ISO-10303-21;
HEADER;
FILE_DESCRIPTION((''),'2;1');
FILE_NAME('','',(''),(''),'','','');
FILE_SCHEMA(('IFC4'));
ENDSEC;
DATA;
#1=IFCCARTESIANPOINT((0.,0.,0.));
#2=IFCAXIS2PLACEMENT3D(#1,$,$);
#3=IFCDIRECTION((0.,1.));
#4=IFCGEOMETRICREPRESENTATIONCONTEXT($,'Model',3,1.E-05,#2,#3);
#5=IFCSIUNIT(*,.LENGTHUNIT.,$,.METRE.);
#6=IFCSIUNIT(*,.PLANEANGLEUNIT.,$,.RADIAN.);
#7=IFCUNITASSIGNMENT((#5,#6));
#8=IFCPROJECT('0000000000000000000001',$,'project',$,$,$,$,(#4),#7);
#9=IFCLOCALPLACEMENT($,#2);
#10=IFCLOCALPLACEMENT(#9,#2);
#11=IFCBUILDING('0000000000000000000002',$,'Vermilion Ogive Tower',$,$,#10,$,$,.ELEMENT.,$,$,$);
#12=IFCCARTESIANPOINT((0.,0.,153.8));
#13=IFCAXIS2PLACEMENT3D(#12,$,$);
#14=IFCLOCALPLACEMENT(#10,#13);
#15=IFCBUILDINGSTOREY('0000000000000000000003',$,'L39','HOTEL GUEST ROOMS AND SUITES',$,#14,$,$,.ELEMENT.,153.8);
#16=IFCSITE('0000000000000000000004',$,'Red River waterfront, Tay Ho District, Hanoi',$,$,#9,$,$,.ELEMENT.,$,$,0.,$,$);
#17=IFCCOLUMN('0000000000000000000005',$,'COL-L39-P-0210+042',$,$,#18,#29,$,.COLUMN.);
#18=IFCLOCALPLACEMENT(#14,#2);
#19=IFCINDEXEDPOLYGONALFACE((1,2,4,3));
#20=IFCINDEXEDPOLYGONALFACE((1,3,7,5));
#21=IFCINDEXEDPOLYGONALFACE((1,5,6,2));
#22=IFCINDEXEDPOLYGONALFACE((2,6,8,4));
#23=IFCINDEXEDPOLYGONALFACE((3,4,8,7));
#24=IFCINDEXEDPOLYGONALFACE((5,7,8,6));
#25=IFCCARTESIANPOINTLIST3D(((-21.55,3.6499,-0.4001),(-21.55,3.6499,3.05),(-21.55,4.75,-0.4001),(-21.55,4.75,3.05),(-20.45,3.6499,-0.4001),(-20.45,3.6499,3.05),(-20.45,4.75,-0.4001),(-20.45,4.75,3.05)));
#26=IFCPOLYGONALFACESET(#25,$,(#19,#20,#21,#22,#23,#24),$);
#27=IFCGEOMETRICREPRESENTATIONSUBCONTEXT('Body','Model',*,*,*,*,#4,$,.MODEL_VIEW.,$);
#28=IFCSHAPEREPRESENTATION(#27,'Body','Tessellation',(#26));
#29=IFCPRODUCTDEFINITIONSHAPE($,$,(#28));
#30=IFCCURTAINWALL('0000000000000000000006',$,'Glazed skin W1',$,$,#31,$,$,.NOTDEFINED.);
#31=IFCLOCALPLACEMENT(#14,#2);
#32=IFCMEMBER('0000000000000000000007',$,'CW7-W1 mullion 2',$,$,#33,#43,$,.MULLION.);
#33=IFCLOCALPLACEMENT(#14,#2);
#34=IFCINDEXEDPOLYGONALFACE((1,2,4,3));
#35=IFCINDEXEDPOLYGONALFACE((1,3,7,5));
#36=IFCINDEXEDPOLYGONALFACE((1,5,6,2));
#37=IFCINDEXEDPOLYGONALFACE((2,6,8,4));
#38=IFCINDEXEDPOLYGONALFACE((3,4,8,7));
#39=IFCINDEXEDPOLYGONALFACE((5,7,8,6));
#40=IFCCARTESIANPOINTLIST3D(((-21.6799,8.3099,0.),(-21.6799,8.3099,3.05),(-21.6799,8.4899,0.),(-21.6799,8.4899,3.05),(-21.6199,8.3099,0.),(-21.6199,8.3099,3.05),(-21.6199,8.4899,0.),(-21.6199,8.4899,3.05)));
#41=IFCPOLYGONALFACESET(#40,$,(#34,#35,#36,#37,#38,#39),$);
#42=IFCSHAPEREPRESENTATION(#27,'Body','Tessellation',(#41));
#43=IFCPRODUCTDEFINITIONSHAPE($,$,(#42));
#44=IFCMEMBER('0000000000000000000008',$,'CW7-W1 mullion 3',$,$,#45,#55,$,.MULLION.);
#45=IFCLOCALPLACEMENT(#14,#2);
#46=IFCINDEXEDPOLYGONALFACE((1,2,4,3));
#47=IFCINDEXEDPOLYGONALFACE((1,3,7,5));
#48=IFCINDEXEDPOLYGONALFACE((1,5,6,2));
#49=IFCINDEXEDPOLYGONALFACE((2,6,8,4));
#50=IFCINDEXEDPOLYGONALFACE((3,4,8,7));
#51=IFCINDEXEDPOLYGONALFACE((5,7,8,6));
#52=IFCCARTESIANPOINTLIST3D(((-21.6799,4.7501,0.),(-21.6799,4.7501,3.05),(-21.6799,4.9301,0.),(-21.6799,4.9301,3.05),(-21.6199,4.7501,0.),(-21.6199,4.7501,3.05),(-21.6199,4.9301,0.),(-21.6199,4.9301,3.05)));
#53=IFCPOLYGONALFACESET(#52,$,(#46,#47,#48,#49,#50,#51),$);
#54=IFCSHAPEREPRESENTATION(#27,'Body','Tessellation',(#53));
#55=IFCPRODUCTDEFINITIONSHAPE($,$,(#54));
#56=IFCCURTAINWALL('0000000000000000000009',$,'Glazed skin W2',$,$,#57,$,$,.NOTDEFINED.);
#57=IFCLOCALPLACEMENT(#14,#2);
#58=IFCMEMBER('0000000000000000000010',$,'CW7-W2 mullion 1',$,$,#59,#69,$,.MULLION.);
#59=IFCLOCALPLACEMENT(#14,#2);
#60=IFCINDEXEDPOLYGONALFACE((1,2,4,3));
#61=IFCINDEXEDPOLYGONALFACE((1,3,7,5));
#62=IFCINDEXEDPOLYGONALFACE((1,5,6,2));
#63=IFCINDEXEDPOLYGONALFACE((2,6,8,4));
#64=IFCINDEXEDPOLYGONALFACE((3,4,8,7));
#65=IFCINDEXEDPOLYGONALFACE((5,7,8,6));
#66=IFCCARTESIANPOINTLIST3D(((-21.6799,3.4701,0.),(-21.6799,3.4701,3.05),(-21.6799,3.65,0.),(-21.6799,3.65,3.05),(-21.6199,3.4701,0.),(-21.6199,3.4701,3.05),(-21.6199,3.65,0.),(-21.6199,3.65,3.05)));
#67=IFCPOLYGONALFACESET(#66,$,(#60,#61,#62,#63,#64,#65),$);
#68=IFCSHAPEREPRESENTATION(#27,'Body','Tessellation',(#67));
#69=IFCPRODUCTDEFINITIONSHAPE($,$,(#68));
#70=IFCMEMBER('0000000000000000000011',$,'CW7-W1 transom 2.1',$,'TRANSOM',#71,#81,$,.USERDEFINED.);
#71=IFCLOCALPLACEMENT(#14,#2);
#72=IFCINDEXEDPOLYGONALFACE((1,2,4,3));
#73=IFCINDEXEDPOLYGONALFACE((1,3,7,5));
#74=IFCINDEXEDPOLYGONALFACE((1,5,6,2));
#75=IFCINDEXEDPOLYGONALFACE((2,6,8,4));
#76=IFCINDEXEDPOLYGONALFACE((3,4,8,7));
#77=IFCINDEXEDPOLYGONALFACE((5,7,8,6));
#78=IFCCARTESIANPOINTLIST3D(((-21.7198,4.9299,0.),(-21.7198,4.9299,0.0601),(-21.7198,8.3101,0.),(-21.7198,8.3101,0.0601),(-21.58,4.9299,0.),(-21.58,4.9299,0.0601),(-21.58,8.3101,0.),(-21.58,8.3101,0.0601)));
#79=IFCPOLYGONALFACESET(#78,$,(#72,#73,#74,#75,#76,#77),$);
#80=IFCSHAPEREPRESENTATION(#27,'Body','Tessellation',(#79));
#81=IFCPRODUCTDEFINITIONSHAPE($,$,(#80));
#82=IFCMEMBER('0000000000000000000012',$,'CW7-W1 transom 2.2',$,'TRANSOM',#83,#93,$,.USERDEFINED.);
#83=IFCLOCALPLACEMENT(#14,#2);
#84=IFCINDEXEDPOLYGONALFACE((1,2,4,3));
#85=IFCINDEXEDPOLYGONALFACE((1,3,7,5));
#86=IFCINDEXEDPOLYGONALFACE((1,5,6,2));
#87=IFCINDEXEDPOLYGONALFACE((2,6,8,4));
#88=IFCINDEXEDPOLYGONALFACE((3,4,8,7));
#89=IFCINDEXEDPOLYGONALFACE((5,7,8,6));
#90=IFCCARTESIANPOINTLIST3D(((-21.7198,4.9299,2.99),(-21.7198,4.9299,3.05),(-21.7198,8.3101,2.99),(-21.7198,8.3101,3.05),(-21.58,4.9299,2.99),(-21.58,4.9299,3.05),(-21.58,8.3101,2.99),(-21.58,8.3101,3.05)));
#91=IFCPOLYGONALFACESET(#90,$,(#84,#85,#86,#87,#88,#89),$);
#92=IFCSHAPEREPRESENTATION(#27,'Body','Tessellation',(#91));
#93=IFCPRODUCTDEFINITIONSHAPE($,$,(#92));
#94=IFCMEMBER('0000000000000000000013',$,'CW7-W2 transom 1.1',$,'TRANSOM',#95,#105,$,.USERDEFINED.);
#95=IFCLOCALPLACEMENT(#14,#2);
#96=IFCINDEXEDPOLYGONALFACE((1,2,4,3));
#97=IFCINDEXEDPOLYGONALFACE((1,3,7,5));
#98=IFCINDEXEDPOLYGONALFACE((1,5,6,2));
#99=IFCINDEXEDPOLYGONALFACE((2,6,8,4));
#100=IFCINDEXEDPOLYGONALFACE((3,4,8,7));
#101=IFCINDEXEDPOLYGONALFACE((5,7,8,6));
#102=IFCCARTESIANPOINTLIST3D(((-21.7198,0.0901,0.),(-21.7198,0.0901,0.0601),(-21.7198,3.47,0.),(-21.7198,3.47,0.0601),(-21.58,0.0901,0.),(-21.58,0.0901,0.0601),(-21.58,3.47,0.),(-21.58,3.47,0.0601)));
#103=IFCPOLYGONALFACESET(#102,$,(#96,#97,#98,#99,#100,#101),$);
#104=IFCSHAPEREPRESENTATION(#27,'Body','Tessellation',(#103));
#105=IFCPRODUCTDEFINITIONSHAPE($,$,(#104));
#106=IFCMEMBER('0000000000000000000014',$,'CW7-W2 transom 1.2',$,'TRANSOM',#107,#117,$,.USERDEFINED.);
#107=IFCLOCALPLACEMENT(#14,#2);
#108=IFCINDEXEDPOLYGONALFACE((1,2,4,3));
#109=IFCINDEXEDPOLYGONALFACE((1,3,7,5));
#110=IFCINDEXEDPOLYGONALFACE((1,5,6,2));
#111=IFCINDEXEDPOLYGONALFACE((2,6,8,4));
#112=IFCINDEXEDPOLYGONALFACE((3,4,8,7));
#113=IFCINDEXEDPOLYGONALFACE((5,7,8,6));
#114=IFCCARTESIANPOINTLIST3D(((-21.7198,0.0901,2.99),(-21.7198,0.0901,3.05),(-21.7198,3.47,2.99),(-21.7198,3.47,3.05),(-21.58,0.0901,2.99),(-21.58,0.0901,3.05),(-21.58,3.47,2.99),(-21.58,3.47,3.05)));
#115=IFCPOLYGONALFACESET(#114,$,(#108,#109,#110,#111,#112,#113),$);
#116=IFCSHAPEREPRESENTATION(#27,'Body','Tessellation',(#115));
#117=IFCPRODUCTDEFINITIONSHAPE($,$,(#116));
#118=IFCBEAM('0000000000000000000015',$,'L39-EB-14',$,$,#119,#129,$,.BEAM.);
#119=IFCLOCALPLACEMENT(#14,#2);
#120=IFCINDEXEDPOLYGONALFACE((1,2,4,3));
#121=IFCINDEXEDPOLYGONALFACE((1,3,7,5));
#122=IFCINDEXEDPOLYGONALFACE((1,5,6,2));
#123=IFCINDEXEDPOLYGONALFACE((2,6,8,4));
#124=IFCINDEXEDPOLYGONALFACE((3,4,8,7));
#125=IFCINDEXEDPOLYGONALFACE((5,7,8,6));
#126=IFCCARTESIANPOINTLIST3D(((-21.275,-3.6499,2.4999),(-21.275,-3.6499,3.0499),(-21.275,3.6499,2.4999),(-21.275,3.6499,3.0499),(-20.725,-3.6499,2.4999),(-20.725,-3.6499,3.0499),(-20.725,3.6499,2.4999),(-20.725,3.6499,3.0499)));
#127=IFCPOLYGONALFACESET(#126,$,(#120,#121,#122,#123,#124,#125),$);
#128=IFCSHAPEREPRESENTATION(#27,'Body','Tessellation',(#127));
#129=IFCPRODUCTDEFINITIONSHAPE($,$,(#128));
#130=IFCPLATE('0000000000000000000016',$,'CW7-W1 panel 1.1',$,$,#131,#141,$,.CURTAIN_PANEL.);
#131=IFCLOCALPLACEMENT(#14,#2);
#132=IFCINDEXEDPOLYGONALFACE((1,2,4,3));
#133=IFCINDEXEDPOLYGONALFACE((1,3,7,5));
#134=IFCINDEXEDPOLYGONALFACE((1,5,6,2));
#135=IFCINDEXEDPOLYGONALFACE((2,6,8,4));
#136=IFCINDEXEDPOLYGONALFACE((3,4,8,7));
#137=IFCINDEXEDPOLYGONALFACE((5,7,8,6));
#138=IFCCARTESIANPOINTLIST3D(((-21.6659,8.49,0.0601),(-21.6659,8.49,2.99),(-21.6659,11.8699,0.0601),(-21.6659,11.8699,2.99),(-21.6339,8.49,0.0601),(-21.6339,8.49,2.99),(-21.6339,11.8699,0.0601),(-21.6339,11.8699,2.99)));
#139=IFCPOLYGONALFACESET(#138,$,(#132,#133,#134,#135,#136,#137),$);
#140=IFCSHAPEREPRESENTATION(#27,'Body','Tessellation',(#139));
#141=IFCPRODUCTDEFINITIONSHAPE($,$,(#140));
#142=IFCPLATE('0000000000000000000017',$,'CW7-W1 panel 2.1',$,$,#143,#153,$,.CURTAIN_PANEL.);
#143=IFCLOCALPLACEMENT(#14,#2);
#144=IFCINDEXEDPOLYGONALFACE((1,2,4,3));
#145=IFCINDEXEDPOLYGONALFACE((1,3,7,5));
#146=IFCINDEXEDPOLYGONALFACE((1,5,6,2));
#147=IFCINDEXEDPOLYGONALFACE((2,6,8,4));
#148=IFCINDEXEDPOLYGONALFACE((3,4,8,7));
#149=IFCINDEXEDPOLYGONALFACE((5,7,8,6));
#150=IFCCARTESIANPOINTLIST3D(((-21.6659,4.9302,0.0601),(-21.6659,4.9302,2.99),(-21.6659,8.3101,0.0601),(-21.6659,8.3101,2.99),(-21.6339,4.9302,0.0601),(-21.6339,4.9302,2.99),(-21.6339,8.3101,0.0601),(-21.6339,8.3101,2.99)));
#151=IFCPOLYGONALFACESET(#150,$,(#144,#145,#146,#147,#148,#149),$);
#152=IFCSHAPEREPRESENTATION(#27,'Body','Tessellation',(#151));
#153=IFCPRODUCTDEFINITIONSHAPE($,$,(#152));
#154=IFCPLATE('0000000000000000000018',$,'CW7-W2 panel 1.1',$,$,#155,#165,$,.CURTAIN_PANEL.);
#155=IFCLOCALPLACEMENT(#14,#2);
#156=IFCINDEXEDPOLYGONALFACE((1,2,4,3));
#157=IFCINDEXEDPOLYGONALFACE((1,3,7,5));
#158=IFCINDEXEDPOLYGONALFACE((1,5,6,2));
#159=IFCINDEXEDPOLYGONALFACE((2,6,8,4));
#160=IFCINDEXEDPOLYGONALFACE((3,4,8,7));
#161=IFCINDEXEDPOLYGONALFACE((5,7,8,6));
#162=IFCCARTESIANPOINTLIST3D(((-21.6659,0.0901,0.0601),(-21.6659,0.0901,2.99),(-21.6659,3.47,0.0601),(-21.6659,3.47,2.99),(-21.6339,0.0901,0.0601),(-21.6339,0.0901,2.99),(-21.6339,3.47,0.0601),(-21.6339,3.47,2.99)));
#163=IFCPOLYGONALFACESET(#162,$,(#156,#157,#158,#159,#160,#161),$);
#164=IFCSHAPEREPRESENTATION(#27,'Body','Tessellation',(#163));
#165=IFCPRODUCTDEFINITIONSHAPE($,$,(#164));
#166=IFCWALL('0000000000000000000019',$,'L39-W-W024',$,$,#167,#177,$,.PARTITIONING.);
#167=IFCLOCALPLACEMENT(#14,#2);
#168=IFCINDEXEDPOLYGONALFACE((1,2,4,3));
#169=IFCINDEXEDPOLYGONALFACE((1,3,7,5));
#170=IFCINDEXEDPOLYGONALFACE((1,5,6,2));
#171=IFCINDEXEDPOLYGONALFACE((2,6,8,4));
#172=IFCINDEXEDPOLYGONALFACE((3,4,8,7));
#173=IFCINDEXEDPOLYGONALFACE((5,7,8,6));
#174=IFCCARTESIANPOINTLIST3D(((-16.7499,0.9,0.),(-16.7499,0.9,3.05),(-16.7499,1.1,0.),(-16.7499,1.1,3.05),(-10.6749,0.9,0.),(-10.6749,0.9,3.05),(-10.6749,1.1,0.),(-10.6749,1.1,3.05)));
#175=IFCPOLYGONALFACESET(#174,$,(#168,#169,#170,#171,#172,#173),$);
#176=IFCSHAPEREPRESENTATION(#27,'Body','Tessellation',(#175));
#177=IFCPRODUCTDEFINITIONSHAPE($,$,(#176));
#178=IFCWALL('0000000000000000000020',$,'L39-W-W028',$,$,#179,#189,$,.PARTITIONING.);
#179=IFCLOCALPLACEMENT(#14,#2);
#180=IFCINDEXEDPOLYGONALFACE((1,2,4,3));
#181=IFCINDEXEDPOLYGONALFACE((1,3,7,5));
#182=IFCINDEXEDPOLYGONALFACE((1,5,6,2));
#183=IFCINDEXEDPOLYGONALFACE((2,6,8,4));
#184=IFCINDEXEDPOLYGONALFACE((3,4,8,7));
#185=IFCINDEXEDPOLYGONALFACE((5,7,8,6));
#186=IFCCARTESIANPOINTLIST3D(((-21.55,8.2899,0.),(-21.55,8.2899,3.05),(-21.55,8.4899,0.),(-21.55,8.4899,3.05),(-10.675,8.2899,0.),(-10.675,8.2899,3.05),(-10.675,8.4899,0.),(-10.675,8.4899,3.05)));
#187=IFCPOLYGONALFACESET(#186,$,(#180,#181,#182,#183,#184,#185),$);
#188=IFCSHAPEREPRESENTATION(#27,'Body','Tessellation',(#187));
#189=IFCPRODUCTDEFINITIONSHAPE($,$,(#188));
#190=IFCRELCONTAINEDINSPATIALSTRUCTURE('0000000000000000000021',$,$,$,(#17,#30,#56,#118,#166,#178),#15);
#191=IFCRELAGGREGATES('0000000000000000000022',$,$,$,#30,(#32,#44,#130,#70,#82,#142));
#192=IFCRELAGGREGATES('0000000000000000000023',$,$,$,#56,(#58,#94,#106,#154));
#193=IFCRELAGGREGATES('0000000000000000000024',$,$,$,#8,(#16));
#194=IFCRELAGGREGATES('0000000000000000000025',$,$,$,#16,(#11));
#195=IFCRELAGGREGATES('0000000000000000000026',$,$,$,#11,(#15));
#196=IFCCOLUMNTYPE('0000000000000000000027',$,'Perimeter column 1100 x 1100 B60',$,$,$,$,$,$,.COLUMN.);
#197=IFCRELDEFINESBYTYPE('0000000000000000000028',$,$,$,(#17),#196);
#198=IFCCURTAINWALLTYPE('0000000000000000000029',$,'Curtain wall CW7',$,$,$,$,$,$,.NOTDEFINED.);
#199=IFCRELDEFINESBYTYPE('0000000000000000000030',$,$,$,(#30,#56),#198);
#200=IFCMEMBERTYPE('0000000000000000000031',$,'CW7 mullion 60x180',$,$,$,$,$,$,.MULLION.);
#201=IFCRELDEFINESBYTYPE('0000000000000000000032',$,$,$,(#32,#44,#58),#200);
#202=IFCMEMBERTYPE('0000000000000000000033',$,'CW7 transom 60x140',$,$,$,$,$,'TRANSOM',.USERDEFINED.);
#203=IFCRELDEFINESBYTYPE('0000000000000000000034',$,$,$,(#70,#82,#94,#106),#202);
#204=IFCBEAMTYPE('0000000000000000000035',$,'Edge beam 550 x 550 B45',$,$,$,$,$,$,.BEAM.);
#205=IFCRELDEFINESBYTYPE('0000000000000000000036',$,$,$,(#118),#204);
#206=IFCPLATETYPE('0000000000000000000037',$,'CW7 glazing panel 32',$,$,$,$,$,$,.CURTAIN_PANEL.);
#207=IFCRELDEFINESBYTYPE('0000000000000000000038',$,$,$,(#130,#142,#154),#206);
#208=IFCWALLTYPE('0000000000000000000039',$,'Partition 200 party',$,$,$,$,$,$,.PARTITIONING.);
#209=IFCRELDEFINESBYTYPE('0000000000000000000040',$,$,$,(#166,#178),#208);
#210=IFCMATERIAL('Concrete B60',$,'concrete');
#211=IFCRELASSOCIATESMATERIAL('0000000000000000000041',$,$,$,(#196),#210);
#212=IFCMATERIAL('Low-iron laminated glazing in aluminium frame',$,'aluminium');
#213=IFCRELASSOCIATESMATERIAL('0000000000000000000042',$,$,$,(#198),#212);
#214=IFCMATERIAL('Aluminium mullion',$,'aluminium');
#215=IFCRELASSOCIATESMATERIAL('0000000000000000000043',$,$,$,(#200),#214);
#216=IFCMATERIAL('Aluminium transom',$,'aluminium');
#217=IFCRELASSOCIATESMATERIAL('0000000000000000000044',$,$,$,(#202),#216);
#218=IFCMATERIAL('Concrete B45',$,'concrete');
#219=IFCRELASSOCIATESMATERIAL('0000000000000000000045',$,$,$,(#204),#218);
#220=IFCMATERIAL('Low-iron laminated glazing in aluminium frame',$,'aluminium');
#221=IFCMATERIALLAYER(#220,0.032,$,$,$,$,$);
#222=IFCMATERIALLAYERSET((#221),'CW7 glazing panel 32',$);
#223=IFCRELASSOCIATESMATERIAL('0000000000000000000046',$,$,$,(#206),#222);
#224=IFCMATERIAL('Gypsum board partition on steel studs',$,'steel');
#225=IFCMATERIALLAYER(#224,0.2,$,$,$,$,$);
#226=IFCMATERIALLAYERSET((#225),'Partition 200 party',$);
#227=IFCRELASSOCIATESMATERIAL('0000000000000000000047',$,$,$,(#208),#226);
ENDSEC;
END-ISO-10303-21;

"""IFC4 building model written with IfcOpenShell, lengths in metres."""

from ifc_helpers import new_model, si_unit, direction, frame, frame_2d, origin, origin_2d, place, context, subcontext, project, spatial, rectangle, extrude, material, layer, layer_set, material_profile, profile_set, type_object, element, aggregate, save


model = new_model("IFC4")

# Units and contexts
model_context = context("Model", 3, precision=1e-05, world=origin(), true_north=direction((0.0, 1.0)))
body_context = subcontext(model_context, "Body", "Model", "MODEL_VIEW")
ifc_project = project(units=[si_unit("LENGTHUNIT", "METRE"), si_unit("PLANEANGLEUNIT", "RADIAN")], contexts=[model_context])

# Site, building, storey
site_placement = place(None, origin())
site = spatial("IfcSite", under=ifc_project, at=site_placement, Name="Red River waterfront, Tay Ho District, Hanoi", CompositionType="ELEMENT", RefElevation=0.0)
building_placement = place(site_placement, origin())
building = spatial("IfcBuilding", under=site, at=building_placement, Name="Vermilion Ogive Tower", CompositionType="ELEMENT")
storey_placement = place(building_placement, frame((0.0, 0.0, 153.8)))
storey = spatial("IfcBuildingStorey", under=building, at=storey_placement, Name="L39", Description="HOTEL GUEST ROOMS AND SUITES", CompositionType="ELEMENT", Elevation=153.8)

# Column
ifc_material_1 = material(Name="Concrete B60", Category="concrete")
ifc_material_profile_1 = material_profile(ifc_material_1, rectangle(XDim=1.1001, YDim=1.1001, at=origin_2d()), Name="1100 x 1100")
ifc_profile_set_1 = profile_set([ifc_material_profile_1], Name="Concrete B60")
column_type = type_object("IfcColumnType", Name="Perimeter column 1100 x 1100 B60", PredefinedType="COLUMN", material=ifc_profile_set_1)
column_placement = place(storey_placement, frame((-21.0, 4.2, -0.4001), z_axis=(0.0, 0.0, 1.0), x_axis=(1.0, 0.0, 0.0)))
element("IfcColumn", 1, at=column_placement, inside=storey, type_object=column_type, Name="COL-L39-P-0210+042", PredefinedType="COLUMN", context=body_context, shape_type="SweptSolid", body=[
    extrude(rectangle(XDim=1.1001, YDim=1.1001, at=origin_2d()), origin(), (0.0, 0.0, 1.0), 3.4502),
])

# Curtain wall, members
ifc_material_2 = material(Name="Low-iron laminated glazing in aluminium frame", Category="aluminium")
curtain_wall_type = type_object("IfcCurtainWallType", Name="Curtain wall CW7", PredefinedType="NOTDEFINED", material=ifc_material_2)
curtain_wall_1_placement = place(storey_placement, origin())
curtain_wall_1 = element("IfcCurtainWall", 2, at=curtain_wall_1_placement, inside=storey, type_object=curtain_wall_type, Name="Glazed skin W1", PredefinedType="NOTDEFINED")
ifc_material_3 = material(Name="Aluminium mullion", Category="aluminium")
ifc_material_profile_2 = material_profile(ifc_material_3, rectangle(XDim=0.0601, YDim=0.1799, at=origin_2d()), Name="AL 60x180")
ifc_profile_set_2 = profile_set([ifc_material_profile_2], Name="Aluminium mullion")
member_type_1 = type_object("IfcMemberType", Name="CW7 mullion 60x180", PredefinedType="MULLION", material=ifc_profile_set_2)
member_1_placement = place(storey_placement, frame((-21.6499, 8.3999, 0.0), z_axis=(0.0, 0.0, 1.0), x_axis=(1.0, 0.0, 0.0)))
member_1 = element("IfcMember", 3, at=member_1_placement, type_object=member_type_1, Name="CW7-W1 mullion 2", PredefinedType="MULLION", context=body_context, shape_type="SweptSolid", body=[
    extrude(rectangle(XDim=0.0601, YDim=0.1799, at=origin_2d()), origin(), (0.0, 0.0, 1.0), 3.05),
])
member_2_placement = place(storey_placement, frame((-21.6499, 4.8401, 0.0), z_axis=(0.0, 0.0, 1.0), x_axis=(1.0, 0.0, 0.0)))
member_2 = element("IfcMember", 4, at=member_2_placement, type_object=member_type_1, Name="CW7-W1 mullion 3", PredefinedType="MULLION", context=body_context, shape_type="SweptSolid", body=[
    extrude(rectangle(XDim=0.0601, YDim=0.1799, at=origin_2d()), origin(), (0.0, 0.0, 1.0), 3.05),
])

# Curtain wall, member
curtain_wall_2_placement = place(storey_placement, origin())
curtain_wall_2 = element("IfcCurtainWall", 5, at=curtain_wall_2_placement, inside=storey, type_object=curtain_wall_type, Name="Glazed skin W2", PredefinedType="NOTDEFINED")
member_3_placement = place(storey_placement, frame((-21.6499, 3.5601, 0.0), z_axis=(0.0, 0.0, 1.0), x_axis=(1.0, 0.0, 0.0)))
member_3 = element("IfcMember", 6, at=member_3_placement, type_object=member_type_1, Name="CW7-W2 mullion 1", PredefinedType="MULLION", context=body_context, shape_type="SweptSolid", body=[
    extrude(rectangle(XDim=0.0601, YDim=0.1799, at=origin_2d()), origin(), (0.0, 0.0, 1.0), 3.05),
])

# Members
ifc_material_4 = material(Name="Aluminium transom", Category="aluminium")
ifc_material_profile_3 = material_profile(ifc_material_4, rectangle(XDim=0.1399, YDim=0.0601, at=origin_2d()), Name="AL 60x140")
ifc_profile_set_3 = profile_set([ifc_material_profile_3], Name="Aluminium transom")
member_type_2 = type_object("IfcMemberType", Name="CW7 transom 60x140", ElementType="TRANSOM", PredefinedType="USERDEFINED", material=ifc_profile_set_3)
member_4_placement = place(storey_placement, frame((-21.6499, 8.3101, 0.03), z_axis=(0.0, -1.0, 0.0), x_axis=(1.0, 0.0, 0.0)))
member_4 = element("IfcMember", 7, at=member_4_placement, type_object=member_type_2, Name="CW7-W1 transom 2.1", ObjectType="TRANSOM", PredefinedType="USERDEFINED", context=body_context, shape_type="SweptSolid", body=[
    extrude(rectangle(XDim=0.1399, YDim=0.0601, at=origin_2d()), origin(), (0.0, 0.0, 1.0), 3.3801),
])
member_5_placement = place(storey_placement, frame((-21.6499, 8.3101, 3.02), z_axis=(0.0, -1.0, 0.0), x_axis=(1.0, 0.0, 0.0)))
member_5 = element("IfcMember", 8, at=member_5_placement, type_object=member_type_2, Name="CW7-W1 transom 2.2", ObjectType="TRANSOM", PredefinedType="USERDEFINED", context=body_context, shape_type="SweptSolid", body=[
    extrude(rectangle(XDim=0.1399, YDim=0.0601, at=origin_2d()), origin(), (0.0, 0.0, 1.0), 3.3801),
])
member_6_placement = place(storey_placement, frame((-21.6499, 3.47, 0.03), z_axis=(0.0, -1.0, 0.0), x_axis=(1.0, 0.0, 0.0)))
member_6 = element("IfcMember", 9, at=member_6_placement, type_object=member_type_2, Name="CW7-W2 transom 1.1", ObjectType="TRANSOM", PredefinedType="USERDEFINED", context=body_context, shape_type="SweptSolid", body=[
    extrude(rectangle(XDim=0.1399, YDim=0.0601, at=origin_2d()), origin(), (0.0, 0.0, 1.0), 3.3799),
])
member_7_placement = place(storey_placement, frame((-21.6499, 3.47, 3.02), z_axis=(0.0, -1.0, 0.0), x_axis=(1.0, 0.0, 0.0)))
member_7 = element("IfcMember", 10, at=member_7_placement, type_object=member_type_2, Name="CW7-W2 transom 1.2", ObjectType="TRANSOM", PredefinedType="USERDEFINED", context=body_context, shape_type="SweptSolid", body=[
    extrude(rectangle(XDim=0.1399, YDim=0.0601, at=origin_2d()), origin(), (0.0, 0.0, 1.0), 3.3799),
])

# Beam
ifc_material_5 = material(Name="Concrete B45", Category="concrete")
ifc_material_profile_4 = material_profile(ifc_material_5, rectangle(XDim=0.55, YDim=0.55, at=origin_2d()), Name="550 x 550")
ifc_profile_set_4 = profile_set([ifc_material_profile_4], Name="Concrete B45")
beam_type = type_object("IfcBeamType", Name="Edge beam 550 x 550 B45", PredefinedType="BEAM", material=ifc_profile_set_4)
beam_placement = place(storey_placement, frame((-21.0, 3.6499, 2.7749), z_axis=(0.0, -1.0, 0.0), x_axis=(1.0, 0.0, 0.0)))
element("IfcBeam", 11, at=beam_placement, inside=storey, type_object=beam_type, Name="L39-EB-14", PredefinedType="BEAM", context=body_context, shape_type="SweptSolid", body=[
    extrude(rectangle(XDim=0.55, YDim=0.55, at=origin_2d()), origin(), (0.0, 0.0, 1.0), 7.2998),
])

# Plates
ifc_material_6 = material(Name="Low-iron laminated glazing in aluminium frame", Category="aluminium")
ifc_layer_1 = layer(ifc_material_6, 0.032)
ifc_layer_set_1 = layer_set([ifc_layer_1], Name="CW7 glazing panel 32")
plate_type = type_object("IfcPlateType", Name="CW7 glazing panel 32", PredefinedType="CURTAIN_PANEL", material=ifc_layer_set_1)
plate_1_placement = place(storey_placement, frame((-21.6499, 10.1799, 0.0601), z_axis=(0.0, 0.0, 1.0), x_axis=(0.0, -1.0, 0.0)))
plate_1 = element("IfcPlate", 12, at=plate_1_placement, type_object=plate_type, Name="CW7-W1 panel 1.1", PredefinedType="CURTAIN_PANEL", context=body_context, shape_type="SweptSolid", body=[
    extrude(rectangle(XDim=3.3799, YDim=0.032, at=origin_2d()), origin(), (0.0, 0.0, 1.0), 2.9299),
])
plate_2_placement = place(storey_placement, frame((-21.6499, 6.6201, 0.0601), z_axis=(0.0, 0.0, 1.0), x_axis=(0.0, -1.0, 0.0)))
plate_2 = element("IfcPlate", 13, at=plate_2_placement, type_object=plate_type, Name="CW7-W1 panel 2.1", PredefinedType="CURTAIN_PANEL", context=body_context, shape_type="SweptSolid", body=[
    extrude(rectangle(XDim=3.3799, YDim=0.032, at=origin_2d()), origin(), (0.0, 0.0, 1.0), 2.9299),
])
aggregate(curtain_wall_1, [member_1, member_2, plate_1, member_4, member_5, plate_2])
plate_3_placement = place(storey_placement, frame((-21.6499, 1.78, 0.0601), z_axis=(0.0, 0.0, 1.0), x_axis=(0.0, -1.0, 0.0)))
plate_3 = element("IfcPlate", 14, at=plate_3_placement, type_object=plate_type, Name="CW7-W2 panel 1.1", PredefinedType="CURTAIN_PANEL", context=body_context, shape_type="SweptSolid", body=[
    extrude(rectangle(XDim=3.3799, YDim=0.032, at=origin_2d()), origin(), (0.0, 0.0, 1.0), 2.9299),
])
aggregate(curtain_wall_2, [member_3, member_6, member_7, plate_3])

# Walls
ifc_material_7 = material(Name="Gypsum board partition on steel studs", Category="steel")
ifc_layer_2 = layer(ifc_material_7, 0.2)
ifc_layer_set_2 = layer_set([ifc_layer_2], Name="Partition 200 party")
wall_type_1 = type_object("IfcWallType", Name="Partition 200 party", PredefinedType="PARTITIONING", material=ifc_layer_set_2)
wall_1_placement = place(storey_placement, frame((-16.75, 1.0, 0.0), z_axis=(0.0, 0.0, 1.0), x_axis=(1.0, 0.0, 0.0)))
element("IfcWall", 15, at=wall_1_placement, inside=storey, type_object=wall_type_1, Name="L39-W-W024", PredefinedType="PARTITIONING", context=body_context, shape_type="SweptSolid", body=[
    extrude(rectangle(XDim=6.075, YDim=0.2, at=frame_2d((3.0376, 0.0))), origin(), (0.0, 0.0, 1.0), 3.05),
])
wall_2_placement = place(storey_placement, frame((-21.55, 8.3899, 0.0), z_axis=(0.0, 0.0, 1.0), x_axis=(1.0, 0.0, 0.0)))
element("IfcWall", 16, at=wall_2_placement, inside=storey, type_object=wall_type_1, Name="L39-W-W028", PredefinedType="PARTITIONING", context=body_context, shape_type="SweptSolid", body=[
    extrude(rectangle(XDim=10.875, YDim=0.2, at=frame_2d((5.4375, 0.0))), origin(), (0.0, 0.0, 1.0), 3.05),
])

save(model, "model.ifc")
